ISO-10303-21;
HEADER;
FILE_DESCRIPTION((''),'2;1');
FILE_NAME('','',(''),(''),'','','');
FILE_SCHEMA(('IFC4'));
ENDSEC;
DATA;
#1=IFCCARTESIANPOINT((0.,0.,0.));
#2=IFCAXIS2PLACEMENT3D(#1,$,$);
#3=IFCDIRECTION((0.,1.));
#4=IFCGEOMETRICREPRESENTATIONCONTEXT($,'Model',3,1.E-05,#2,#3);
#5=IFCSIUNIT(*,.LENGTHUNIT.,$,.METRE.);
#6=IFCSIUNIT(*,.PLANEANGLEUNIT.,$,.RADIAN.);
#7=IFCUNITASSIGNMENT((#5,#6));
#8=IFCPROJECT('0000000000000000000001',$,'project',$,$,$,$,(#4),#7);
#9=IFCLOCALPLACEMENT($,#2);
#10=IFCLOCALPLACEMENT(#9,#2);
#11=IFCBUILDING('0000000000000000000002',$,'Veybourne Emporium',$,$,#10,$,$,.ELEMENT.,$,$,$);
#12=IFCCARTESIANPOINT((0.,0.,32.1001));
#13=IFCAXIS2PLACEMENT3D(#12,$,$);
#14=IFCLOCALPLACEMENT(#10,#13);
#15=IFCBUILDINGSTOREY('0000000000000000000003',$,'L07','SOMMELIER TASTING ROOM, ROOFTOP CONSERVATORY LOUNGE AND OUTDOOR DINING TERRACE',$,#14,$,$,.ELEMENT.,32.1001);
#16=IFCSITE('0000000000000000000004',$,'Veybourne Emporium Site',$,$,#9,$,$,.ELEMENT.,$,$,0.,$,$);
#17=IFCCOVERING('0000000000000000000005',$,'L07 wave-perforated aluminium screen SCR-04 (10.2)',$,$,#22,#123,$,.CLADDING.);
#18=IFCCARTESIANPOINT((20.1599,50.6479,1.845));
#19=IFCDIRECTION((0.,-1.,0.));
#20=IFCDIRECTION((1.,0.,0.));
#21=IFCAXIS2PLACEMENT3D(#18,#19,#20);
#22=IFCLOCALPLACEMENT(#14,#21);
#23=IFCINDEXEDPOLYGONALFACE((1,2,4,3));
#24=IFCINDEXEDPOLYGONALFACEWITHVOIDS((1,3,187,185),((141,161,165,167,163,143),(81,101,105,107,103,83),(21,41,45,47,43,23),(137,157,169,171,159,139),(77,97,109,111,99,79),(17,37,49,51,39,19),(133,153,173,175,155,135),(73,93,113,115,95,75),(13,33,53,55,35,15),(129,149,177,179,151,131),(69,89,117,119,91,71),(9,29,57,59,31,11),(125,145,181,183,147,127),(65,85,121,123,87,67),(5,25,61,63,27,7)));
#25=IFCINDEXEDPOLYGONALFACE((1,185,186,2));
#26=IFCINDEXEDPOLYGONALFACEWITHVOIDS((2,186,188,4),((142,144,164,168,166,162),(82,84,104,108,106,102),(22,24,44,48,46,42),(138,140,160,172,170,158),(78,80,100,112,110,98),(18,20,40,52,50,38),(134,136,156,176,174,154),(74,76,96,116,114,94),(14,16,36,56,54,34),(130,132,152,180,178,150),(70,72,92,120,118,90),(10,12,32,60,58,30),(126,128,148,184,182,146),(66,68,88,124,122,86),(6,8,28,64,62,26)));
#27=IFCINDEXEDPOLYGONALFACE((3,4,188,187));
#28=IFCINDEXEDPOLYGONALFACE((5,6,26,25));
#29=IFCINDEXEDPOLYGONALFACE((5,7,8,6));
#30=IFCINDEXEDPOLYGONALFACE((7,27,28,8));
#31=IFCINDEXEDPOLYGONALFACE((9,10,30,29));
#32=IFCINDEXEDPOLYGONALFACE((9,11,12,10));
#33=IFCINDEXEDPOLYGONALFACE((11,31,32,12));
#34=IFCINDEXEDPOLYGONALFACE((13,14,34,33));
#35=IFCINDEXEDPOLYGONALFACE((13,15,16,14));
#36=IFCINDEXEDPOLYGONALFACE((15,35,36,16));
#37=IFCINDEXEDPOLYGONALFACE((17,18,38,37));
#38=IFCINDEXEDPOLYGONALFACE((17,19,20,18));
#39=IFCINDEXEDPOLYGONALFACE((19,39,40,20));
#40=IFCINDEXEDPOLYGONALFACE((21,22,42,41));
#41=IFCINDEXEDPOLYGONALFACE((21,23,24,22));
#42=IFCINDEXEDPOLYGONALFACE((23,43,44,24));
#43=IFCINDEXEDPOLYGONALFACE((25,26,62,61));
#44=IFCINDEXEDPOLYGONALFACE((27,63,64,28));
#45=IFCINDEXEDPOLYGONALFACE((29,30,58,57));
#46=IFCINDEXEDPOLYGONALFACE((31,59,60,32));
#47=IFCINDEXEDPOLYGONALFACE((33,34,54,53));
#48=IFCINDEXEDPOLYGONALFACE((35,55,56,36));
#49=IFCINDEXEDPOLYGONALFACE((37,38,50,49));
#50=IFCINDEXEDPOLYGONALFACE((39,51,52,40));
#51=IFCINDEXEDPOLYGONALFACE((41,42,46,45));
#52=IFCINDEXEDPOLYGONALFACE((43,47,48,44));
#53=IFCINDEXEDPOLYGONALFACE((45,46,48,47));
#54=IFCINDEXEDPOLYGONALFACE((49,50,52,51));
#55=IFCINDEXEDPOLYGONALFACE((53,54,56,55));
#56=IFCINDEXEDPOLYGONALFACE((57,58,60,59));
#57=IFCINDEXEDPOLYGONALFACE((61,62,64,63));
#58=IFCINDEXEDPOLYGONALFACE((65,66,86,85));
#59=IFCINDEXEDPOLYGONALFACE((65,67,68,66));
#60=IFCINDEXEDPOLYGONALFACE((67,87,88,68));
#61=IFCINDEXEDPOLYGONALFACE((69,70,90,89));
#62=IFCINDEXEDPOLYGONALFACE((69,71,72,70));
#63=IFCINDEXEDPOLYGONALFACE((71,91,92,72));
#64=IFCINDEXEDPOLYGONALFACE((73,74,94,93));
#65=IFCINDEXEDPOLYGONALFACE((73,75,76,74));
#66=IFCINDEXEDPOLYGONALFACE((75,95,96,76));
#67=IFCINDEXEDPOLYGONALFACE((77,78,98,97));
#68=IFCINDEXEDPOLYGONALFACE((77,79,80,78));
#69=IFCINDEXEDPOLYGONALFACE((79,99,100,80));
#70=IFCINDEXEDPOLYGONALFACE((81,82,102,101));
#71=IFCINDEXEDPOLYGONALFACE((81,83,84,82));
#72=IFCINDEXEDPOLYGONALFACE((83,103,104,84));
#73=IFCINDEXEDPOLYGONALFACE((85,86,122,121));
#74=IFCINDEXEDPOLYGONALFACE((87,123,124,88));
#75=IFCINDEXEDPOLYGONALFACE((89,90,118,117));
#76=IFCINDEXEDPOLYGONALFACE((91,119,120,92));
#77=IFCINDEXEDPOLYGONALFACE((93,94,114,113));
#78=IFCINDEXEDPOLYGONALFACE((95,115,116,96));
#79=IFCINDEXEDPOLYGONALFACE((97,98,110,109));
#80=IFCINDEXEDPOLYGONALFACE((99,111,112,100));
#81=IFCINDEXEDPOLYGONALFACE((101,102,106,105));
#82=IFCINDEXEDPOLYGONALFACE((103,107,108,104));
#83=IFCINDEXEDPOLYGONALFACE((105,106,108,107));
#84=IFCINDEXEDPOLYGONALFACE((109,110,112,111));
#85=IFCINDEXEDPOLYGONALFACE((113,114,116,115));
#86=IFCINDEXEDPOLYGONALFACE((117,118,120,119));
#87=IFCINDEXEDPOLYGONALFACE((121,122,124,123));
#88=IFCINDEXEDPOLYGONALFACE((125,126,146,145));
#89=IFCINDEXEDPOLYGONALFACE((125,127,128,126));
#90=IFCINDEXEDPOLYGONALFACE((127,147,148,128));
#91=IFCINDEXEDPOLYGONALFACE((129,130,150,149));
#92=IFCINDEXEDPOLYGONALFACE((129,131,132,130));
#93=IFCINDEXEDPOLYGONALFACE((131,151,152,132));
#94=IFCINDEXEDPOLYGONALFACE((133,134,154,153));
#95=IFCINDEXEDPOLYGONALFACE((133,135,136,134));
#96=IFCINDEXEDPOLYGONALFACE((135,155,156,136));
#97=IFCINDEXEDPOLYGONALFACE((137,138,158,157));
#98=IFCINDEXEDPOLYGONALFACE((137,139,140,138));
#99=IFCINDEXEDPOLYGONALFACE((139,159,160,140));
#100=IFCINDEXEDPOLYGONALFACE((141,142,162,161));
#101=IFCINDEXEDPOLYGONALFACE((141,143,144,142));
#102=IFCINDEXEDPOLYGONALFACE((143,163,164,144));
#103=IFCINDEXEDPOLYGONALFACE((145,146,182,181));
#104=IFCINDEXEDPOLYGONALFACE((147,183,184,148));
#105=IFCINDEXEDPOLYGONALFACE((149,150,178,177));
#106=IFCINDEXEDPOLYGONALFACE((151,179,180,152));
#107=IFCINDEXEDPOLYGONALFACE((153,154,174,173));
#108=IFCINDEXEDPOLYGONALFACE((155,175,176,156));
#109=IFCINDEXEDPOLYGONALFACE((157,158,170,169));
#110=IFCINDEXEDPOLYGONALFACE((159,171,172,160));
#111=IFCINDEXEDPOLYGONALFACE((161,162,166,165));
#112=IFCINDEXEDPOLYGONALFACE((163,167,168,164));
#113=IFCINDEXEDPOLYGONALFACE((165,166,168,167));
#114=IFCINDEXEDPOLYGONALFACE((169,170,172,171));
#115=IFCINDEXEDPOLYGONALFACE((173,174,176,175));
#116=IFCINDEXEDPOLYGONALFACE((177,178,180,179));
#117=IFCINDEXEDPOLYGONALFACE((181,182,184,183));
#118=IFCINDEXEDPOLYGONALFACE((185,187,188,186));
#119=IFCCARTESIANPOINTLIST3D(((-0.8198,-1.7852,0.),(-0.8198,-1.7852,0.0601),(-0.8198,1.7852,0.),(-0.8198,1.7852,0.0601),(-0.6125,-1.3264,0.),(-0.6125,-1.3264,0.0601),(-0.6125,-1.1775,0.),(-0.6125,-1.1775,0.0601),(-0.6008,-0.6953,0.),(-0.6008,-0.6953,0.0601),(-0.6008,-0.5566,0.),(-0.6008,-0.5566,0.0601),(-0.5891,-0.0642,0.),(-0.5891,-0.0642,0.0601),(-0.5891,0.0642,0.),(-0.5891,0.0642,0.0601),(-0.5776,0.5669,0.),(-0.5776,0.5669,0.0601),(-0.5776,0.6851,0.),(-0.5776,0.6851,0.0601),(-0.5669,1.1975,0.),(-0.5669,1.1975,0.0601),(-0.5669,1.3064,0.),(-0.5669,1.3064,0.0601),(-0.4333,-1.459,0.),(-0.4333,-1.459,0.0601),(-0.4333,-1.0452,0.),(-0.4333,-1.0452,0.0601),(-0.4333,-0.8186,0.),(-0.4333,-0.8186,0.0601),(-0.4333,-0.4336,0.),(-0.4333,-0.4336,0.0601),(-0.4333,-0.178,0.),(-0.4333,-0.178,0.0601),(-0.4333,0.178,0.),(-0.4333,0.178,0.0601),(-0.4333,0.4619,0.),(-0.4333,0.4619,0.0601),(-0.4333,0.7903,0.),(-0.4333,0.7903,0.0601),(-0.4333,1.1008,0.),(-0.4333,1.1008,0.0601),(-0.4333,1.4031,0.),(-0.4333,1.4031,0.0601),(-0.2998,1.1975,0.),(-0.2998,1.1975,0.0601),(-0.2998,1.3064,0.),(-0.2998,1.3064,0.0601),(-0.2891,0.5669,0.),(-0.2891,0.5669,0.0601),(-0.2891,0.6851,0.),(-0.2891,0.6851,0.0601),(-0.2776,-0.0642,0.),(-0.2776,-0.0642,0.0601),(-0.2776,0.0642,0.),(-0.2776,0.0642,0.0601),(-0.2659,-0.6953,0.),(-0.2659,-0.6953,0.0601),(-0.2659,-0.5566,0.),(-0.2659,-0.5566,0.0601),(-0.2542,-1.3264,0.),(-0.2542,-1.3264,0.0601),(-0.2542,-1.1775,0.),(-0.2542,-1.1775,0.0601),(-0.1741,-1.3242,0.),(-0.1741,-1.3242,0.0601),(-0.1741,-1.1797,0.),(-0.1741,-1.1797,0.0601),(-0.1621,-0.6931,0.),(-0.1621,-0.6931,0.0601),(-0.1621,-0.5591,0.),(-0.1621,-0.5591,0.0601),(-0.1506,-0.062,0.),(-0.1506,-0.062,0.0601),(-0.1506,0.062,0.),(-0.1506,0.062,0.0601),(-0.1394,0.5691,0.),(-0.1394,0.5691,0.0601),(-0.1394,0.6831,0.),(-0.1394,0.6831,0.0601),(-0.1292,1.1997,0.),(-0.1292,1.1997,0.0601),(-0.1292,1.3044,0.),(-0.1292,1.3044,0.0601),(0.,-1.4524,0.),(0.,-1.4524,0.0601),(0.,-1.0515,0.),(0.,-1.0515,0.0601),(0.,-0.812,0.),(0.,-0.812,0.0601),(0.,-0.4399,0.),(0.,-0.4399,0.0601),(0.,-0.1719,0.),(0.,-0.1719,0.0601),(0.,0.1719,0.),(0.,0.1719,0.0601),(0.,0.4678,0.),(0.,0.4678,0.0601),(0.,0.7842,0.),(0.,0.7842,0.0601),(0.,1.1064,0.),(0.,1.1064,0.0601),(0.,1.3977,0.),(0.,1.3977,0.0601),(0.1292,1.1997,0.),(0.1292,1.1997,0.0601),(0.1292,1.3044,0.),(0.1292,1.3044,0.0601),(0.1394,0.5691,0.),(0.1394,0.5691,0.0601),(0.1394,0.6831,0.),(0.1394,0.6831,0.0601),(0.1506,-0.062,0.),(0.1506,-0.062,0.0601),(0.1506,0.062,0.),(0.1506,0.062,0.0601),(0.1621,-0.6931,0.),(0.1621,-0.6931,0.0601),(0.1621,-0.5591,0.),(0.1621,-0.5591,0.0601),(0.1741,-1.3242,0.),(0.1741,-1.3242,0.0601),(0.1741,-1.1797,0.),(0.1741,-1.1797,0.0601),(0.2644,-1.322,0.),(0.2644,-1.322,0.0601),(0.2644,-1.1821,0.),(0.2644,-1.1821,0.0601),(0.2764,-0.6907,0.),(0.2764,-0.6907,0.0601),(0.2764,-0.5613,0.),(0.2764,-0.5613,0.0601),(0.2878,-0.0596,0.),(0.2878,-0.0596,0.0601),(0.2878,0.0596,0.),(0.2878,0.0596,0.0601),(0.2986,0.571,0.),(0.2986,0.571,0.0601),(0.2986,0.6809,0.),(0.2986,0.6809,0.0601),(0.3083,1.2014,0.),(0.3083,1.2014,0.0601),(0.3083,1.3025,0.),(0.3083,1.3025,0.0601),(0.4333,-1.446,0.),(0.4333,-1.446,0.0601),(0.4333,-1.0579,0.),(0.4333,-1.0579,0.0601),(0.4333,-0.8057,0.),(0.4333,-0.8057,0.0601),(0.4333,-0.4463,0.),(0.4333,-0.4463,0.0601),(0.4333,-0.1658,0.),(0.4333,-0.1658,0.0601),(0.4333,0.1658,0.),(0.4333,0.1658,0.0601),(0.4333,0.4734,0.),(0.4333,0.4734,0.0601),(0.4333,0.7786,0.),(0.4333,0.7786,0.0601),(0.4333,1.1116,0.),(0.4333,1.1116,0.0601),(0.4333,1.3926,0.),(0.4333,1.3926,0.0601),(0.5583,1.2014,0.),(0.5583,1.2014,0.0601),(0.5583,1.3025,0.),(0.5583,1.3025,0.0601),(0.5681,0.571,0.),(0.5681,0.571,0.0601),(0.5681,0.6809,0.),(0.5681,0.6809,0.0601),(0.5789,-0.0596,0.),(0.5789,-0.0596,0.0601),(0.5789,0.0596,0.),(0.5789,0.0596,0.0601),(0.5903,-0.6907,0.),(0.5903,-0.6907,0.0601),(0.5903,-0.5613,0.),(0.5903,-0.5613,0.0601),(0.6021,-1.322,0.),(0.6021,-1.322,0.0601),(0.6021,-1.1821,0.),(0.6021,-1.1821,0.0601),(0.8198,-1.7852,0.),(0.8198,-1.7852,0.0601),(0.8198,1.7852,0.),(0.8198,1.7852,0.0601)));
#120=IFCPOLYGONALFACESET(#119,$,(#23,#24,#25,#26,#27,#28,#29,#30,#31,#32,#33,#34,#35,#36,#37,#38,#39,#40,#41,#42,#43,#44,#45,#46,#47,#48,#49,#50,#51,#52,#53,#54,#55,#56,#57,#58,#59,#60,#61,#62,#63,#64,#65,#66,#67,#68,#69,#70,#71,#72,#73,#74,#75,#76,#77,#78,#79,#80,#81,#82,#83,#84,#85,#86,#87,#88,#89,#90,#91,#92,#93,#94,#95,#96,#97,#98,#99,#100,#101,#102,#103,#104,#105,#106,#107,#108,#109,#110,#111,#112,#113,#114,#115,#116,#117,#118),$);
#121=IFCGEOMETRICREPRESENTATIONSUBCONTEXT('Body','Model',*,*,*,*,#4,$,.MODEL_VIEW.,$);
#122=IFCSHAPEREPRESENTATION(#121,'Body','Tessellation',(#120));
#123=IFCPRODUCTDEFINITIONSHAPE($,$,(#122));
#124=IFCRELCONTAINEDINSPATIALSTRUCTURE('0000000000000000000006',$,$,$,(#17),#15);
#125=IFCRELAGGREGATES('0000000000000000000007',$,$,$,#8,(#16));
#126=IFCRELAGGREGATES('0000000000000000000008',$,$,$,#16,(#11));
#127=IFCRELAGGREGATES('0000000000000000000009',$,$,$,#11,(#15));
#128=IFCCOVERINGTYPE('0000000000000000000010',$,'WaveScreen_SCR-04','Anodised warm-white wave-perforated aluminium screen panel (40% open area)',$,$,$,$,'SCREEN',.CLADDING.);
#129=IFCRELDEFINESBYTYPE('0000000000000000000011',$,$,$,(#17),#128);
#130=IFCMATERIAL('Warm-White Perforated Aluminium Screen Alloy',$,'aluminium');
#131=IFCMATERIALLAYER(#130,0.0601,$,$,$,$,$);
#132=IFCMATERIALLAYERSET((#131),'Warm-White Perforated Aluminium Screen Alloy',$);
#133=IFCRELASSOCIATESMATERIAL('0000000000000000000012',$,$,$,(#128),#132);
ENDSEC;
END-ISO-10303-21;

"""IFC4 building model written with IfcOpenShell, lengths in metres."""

from ifc_helpers import new_model, si_unit, direction, frame, origin, place, context, subcontext, project, spatial, polyline, outline, extrude, material, layer, layer_set, type_object, element, save


model = new_model("IFC4")

# Units and contexts
model_context = context("Model", 3, precision=1e-05, world=origin(), true_north=direction((0.0, 1.0)))
body_context = subcontext(model_context, "Body", "Model", "MODEL_VIEW")
ifc_project = project(units=[si_unit("LENGTHUNIT", "METRE"), si_unit("PLANEANGLEUNIT", "RADIAN")], contexts=[model_context])

# Site, building, storey
site_placement = place(None, origin())
site = spatial("IfcSite", under=ifc_project, at=site_placement, Name="Veybourne Emporium Site", CompositionType="ELEMENT", RefElevation=0.0)
building_placement = place(site_placement, origin())
building = spatial("IfcBuilding", under=site, at=building_placement, Name="Veybourne Emporium", CompositionType="ELEMENT")
storey_placement = place(building_placement, frame((0.0, 0.0, 32.1001)))
storey = spatial("IfcBuildingStorey", under=building, at=storey_placement, Name="L07", Description="SOMMELIER TASTING ROOM, ROOFTOP CONSERVATORY LOUNGE AND OUTDOOR DINING TERRACE", CompositionType="ELEMENT", Elevation=32.1001)

# Covering
ifc_material_1 = material(Name="Warm-White Perforated Aluminium Screen Alloy", Category="aluminium")
ifc_layer_1 = layer(ifc_material_1, 0.0601)
ifc_layer_set_1 = layer_set([ifc_layer_1], Name="Warm-White Perforated Aluminium Screen Alloy")
covering_type_1 = type_object("IfcCoveringType", Name="WaveScreen_SCR-04", Description="Anodised warm-white wave-perforated aluminium screen panel (40% open area)", ElementType="SCREEN", PredefinedType="CLADDING", material=ifc_layer_set_1)
covering_1_placement = place(storey_placement, frame((20.1599, 50.6479, 1.845), z_axis=(0.0, -1.0, 0.0), x_axis=(1.0, 0.0, 0.0)))
element("IfcCovering", 1, at=covering_1_placement, inside=storey, type_object=covering_type_1, Name="L07 wave-perforated aluminium screen SCR-04 (10.2)", PredefinedType="CLADDING", context=body_context, shape_type="SweptSolid", body=[
    extrude(outline(polyline([(-0.8198, -1.7852), (0.8198, -1.7852), (0.8198, 1.7852), (-0.8198, 1.7852), (-0.8198, -1.7852)]), holes=[polyline([(-0.4333, -1.0452), (-0.2542, -1.1775), (-0.2542, -1.3264), (-0.4333, -1.459), (-0.6125, -1.3264), (-0.6125, -1.1775), (-0.4333, -1.0452)]), polyline([(-0.4333, -0.4336), (-0.2659, -0.5566), (-0.2659, -0.6953), (-0.4333, -0.8186), (-0.6008, -0.6953), (-0.6008, -0.5566), (-0.4333, -0.4336)]), polyline([(-0.4333, 0.178), (-0.2776, 0.0642), (-0.2776, -0.0642), (-0.4333, -0.178), (-0.5891, -0.0642), (-0.5891, 0.0642), (-0.4333, 0.178)]), polyline([(-0.4333, 0.7903), (-0.2891, 0.6851), (-0.2891, 0.5669), (-0.4333, 0.4619), (-0.5776, 0.5669), (-0.5776, 0.6851), (-0.4333, 0.7903)]), polyline([(-0.4333, 1.4031), (-0.2998, 1.3064), (-0.2998, 1.1975), (-0.4333, 1.1008), (-0.5669, 1.1975), (-0.5669, 1.3064), (-0.4333, 1.4031)]), polyline([(0.0, -1.0515), (0.1741, -1.1797), (0.1741, -1.3242), (0.0, -1.4524), (-0.1741, -1.3242), (-0.1741, -1.1797), (0.0, -1.0515)]), polyline([(0.0, -0.4399), (0.1621, -0.5591), (0.1621, -0.6931), (0.0, -0.812), (-0.1621, -0.6931), (-0.1621, -0.5591), (0.0, -0.4399)]), polyline([(0.0, 0.1719), (0.1506, 0.062), (0.1506, -0.062), (0.0, -0.1719), (-0.1506, -0.062), (-0.1506, 0.062), (0.0, 0.1719)]), polyline([(0.0, 0.7842), (0.1394, 0.6831), (0.1394, 0.5691), (0.0, 0.4678), (-0.1394, 0.5691), (-0.1394, 0.6831), (0.0, 0.7842)]), polyline([(0.0, 1.3977), (0.1292, 1.3044), (0.1292, 1.1997), (0.0, 1.1064), (-0.1292, 1.1997), (-0.1292, 1.3044), (0.0, 1.3977)]), polyline([(0.4333, -1.0579), (0.6021, -1.1821), (0.6021, -1.322), (0.4333, -1.446), (0.2644, -1.322), (0.2644, -1.1821), (0.4333, -1.0579)]), polyline([(0.4333, -0.4463), (0.5903, -0.5613), (0.5903, -0.6907), (0.4333, -0.8057), (0.2764, -0.6907), (0.2764, -0.5613), (0.4333, -0.4463)]), polyline([(0.4333, 0.1658), (0.5789, 0.0596), (0.5789, -0.0596), (0.4333, -0.1658), (0.2878, -0.0596), (0.2878, 0.0596), (0.4333, 0.1658)]), polyline([(0.4333, 0.7786), (0.5681, 0.6809), (0.5681, 0.571), (0.4333, 0.4734), (0.2986, 0.571), (0.2986, 0.6809), (0.4333, 0.7786)]), polyline([(0.4333, 1.3926), (0.5583, 1.3025), (0.5583, 1.2014), (0.4333, 1.1116), (0.3083, 1.2014), (0.3083, 1.3025), (0.4333, 1.3926)])]), origin(), (0.0, 0.0, 1.0), 0.0601),
])

save(model, "model.ifc")
